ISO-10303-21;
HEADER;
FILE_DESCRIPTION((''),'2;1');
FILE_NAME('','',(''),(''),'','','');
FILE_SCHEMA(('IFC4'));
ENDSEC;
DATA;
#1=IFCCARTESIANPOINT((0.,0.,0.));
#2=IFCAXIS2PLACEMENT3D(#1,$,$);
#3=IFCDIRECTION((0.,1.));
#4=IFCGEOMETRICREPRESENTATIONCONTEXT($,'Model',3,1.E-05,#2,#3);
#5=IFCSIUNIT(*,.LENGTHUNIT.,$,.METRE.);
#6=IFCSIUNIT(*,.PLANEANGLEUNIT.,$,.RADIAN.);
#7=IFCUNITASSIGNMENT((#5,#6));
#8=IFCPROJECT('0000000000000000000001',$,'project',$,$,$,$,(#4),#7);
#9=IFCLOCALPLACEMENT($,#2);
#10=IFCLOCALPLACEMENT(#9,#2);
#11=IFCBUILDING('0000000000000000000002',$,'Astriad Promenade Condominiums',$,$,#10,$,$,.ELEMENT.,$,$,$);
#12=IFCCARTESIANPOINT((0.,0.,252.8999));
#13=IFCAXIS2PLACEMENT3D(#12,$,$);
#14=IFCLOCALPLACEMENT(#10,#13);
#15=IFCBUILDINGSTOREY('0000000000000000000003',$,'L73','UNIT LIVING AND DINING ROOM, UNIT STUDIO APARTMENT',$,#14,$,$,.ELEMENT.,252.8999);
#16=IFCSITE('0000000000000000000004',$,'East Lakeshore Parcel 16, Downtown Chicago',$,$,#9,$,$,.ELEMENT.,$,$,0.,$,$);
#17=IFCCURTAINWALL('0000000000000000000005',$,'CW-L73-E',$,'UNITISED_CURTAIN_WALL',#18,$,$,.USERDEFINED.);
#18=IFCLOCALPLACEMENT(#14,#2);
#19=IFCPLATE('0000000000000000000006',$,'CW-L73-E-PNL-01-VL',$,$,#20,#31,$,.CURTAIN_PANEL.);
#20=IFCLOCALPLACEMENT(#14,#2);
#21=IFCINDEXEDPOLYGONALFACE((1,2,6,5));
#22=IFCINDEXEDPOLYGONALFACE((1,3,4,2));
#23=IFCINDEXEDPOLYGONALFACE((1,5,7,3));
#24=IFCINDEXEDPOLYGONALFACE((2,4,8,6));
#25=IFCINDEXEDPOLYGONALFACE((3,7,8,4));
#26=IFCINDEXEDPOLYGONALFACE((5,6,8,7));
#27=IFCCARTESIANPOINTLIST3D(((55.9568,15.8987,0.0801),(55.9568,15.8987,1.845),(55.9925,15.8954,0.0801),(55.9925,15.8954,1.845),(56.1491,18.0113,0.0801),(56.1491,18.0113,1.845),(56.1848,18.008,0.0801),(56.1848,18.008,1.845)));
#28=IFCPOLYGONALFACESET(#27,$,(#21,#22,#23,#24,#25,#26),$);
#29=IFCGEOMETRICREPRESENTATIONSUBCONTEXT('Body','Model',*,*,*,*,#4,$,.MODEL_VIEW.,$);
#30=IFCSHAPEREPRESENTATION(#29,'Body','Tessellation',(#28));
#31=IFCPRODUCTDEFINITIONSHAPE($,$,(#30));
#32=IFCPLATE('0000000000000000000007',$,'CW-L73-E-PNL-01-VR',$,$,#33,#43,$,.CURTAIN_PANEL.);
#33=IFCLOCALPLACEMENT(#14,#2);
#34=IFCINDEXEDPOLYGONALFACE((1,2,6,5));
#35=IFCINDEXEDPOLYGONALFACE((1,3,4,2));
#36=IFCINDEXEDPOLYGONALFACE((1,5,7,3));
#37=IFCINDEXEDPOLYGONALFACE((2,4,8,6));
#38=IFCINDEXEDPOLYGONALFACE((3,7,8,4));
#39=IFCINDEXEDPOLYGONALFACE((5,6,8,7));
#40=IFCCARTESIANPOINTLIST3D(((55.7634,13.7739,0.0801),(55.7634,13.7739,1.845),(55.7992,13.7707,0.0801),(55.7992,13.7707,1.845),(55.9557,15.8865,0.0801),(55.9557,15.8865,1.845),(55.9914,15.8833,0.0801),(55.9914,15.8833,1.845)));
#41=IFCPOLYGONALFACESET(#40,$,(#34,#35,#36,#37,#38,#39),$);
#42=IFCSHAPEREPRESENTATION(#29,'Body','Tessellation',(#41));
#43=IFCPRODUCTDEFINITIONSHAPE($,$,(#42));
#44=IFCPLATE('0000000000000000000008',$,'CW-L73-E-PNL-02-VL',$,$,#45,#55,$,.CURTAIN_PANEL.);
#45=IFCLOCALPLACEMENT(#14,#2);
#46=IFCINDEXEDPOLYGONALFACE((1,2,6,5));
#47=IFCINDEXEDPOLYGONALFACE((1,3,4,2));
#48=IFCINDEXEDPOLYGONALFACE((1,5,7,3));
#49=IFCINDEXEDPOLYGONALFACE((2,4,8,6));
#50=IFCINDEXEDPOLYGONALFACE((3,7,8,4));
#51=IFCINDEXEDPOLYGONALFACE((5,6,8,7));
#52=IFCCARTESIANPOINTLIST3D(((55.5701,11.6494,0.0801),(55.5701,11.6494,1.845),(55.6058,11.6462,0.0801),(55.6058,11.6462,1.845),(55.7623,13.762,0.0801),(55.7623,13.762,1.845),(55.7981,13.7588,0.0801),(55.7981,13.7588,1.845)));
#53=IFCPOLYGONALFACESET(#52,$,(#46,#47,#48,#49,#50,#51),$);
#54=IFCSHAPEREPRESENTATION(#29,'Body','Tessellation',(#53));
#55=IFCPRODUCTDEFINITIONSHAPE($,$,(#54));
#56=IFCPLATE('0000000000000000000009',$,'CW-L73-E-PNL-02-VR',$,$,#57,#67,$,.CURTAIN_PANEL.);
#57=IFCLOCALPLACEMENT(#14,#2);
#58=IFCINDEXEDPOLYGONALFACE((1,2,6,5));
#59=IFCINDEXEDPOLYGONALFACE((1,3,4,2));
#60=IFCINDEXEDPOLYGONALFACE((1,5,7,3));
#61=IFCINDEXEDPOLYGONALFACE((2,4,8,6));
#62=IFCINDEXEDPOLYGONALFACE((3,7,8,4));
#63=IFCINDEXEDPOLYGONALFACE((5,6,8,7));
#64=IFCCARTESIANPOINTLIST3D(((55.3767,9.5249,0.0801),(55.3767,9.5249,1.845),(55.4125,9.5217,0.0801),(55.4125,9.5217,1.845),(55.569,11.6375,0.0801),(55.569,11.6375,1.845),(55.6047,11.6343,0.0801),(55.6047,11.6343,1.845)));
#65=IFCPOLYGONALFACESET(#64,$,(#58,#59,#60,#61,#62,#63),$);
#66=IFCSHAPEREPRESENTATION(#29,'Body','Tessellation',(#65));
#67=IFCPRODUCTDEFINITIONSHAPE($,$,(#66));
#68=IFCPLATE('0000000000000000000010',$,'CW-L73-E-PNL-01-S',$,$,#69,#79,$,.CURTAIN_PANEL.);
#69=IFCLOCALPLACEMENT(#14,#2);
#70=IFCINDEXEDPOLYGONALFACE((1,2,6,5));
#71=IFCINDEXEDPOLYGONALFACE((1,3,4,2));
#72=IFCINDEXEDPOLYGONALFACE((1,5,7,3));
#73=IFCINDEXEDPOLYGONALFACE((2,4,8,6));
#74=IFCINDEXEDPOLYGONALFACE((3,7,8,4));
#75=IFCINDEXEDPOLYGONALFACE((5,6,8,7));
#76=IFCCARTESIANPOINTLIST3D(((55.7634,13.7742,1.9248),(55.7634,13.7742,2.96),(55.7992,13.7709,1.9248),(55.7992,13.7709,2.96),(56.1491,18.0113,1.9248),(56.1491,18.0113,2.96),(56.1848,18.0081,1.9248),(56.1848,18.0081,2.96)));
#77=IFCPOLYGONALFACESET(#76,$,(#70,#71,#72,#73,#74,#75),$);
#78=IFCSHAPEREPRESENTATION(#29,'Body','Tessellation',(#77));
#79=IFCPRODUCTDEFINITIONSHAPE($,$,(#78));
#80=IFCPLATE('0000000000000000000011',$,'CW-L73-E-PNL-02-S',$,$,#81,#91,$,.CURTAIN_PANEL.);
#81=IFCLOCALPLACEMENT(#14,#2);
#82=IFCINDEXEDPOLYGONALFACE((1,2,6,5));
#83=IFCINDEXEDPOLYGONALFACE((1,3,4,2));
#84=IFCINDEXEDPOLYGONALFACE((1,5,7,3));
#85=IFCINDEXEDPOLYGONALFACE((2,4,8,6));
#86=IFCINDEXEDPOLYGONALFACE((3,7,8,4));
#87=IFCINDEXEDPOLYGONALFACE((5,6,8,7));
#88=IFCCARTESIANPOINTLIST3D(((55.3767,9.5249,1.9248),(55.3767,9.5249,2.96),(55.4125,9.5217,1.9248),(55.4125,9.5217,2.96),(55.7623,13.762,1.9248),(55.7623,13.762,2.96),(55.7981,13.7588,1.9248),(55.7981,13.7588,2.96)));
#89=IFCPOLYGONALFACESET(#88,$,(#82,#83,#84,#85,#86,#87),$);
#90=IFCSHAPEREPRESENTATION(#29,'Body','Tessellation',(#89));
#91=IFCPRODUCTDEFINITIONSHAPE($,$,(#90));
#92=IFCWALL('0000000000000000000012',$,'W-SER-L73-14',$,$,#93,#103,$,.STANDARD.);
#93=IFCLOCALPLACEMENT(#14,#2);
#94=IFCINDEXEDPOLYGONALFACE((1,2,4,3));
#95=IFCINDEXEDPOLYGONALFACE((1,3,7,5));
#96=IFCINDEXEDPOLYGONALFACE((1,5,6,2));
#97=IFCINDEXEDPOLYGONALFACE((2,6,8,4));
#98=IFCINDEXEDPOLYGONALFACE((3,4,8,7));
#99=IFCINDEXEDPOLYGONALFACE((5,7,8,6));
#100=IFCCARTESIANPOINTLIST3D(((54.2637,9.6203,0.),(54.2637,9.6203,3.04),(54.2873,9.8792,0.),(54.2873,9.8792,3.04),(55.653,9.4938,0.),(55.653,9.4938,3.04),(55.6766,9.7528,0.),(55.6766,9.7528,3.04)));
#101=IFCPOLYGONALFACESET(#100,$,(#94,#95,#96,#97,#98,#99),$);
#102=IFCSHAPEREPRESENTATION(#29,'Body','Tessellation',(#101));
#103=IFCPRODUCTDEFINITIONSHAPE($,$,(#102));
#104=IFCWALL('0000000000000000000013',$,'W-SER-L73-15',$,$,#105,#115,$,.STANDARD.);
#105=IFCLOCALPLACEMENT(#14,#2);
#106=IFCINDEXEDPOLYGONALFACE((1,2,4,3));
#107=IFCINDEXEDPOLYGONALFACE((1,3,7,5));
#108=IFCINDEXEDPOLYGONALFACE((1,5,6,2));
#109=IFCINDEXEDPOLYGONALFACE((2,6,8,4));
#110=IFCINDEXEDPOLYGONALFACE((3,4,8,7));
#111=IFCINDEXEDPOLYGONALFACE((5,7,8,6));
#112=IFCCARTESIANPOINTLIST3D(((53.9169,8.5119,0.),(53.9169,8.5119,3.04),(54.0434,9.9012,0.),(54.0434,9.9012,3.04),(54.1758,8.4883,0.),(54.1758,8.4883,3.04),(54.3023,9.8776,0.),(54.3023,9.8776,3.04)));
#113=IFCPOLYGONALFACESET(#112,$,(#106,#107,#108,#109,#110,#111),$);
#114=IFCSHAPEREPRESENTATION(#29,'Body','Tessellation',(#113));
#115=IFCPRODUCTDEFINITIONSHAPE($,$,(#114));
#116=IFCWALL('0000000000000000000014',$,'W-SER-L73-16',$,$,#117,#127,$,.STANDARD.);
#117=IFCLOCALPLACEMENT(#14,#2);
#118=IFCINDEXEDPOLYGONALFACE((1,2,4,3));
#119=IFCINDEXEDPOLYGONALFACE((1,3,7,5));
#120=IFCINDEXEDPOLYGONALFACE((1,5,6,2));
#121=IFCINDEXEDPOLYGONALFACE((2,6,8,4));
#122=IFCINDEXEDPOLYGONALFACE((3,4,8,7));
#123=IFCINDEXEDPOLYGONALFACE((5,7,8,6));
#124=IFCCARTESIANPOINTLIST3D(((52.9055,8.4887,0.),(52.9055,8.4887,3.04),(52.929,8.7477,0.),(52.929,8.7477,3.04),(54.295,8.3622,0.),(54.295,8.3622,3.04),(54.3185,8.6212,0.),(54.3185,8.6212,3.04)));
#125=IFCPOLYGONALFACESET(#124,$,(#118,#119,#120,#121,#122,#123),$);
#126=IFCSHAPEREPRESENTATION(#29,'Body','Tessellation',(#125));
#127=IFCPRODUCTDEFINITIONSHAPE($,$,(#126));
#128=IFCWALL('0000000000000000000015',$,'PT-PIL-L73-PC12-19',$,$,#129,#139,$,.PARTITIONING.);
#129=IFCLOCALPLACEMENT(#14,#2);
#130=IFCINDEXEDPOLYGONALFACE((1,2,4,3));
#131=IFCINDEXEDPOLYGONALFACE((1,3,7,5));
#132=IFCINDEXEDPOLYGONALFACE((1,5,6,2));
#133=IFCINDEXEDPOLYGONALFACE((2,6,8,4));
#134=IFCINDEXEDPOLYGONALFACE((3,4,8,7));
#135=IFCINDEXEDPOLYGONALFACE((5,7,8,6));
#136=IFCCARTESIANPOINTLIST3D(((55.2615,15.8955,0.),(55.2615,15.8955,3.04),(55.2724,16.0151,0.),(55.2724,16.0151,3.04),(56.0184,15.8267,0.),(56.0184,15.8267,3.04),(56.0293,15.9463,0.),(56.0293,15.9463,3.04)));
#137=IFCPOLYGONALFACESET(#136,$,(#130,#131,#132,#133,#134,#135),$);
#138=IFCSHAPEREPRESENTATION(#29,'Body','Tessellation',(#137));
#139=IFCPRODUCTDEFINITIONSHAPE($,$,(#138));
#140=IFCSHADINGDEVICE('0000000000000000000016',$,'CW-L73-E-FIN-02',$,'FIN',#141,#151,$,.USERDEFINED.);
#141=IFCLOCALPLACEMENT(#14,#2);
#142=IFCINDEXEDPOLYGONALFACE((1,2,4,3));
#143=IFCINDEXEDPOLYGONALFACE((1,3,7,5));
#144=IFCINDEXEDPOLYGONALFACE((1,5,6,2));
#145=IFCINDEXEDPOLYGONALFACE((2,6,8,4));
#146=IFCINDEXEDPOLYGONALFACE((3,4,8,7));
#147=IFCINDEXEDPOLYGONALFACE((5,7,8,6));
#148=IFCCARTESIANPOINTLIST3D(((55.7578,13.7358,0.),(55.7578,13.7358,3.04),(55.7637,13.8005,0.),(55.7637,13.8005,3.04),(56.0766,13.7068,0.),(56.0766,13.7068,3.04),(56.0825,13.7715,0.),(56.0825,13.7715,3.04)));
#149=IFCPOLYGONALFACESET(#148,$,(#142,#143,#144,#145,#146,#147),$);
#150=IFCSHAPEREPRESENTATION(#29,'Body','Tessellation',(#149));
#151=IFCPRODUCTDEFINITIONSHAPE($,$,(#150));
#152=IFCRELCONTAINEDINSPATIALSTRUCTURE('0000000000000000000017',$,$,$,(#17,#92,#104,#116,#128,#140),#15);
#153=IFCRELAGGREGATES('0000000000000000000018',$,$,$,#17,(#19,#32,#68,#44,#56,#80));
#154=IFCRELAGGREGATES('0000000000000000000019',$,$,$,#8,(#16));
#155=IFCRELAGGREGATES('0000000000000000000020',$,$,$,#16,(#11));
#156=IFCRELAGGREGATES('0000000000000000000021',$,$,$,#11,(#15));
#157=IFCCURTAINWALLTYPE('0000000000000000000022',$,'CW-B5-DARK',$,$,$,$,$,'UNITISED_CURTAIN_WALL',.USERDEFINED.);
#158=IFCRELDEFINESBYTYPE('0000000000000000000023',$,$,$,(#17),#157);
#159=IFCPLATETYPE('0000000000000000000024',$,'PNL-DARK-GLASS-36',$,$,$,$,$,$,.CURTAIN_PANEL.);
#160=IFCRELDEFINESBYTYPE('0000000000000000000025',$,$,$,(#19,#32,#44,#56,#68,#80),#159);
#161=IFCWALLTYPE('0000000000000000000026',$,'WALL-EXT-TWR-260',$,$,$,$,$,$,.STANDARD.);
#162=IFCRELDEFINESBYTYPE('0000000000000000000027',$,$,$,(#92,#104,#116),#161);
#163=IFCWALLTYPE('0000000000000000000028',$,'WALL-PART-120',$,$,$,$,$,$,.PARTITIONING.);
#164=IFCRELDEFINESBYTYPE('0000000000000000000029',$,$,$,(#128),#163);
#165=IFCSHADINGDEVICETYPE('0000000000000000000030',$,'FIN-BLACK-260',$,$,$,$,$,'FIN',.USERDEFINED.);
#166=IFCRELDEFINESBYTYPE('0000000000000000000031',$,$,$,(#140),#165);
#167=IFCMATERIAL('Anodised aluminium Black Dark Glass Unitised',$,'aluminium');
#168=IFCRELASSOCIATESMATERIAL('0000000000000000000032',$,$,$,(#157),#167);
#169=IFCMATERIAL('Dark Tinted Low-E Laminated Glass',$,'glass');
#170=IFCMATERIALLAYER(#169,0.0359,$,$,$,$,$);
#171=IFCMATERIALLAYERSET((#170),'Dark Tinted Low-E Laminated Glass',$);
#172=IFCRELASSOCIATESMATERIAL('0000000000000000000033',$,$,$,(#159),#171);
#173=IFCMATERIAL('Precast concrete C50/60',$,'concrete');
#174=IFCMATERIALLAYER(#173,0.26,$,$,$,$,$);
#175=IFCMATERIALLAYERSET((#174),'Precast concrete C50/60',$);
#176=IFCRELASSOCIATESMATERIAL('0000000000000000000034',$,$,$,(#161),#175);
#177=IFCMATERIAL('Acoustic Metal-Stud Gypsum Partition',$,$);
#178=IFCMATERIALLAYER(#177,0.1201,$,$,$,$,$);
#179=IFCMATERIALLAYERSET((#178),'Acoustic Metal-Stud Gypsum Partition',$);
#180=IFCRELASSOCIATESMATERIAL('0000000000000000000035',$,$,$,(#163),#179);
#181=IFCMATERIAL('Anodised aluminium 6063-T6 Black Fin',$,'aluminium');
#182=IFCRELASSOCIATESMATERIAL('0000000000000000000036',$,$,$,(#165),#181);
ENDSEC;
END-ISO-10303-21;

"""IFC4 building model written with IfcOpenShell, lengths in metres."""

from ifc_helpers import new_model, si_unit, direction, frame, frame_2d, origin, origin_2d, place, context, subcontext, project, spatial, rectangle, extrude, source, transform, mapped, material, layer, layer_set, type_object, type_shapes, element, aggregate, save


model = new_model("IFC4")

# Units and contexts
model_context = context("Model", 3, precision=1e-05, world=origin(), true_north=direction((0.0, 1.0)))
body_context = subcontext(model_context, "Body", "Model", "MODEL_VIEW")
ifc_project = project(units=[si_unit("LENGTHUNIT", "METRE"), si_unit("PLANEANGLEUNIT", "RADIAN")], contexts=[model_context])

# Site, building, storey
site_placement = place(None, origin())
site = spatial("IfcSite", under=ifc_project, at=site_placement, Name="East Lakeshore Parcel 16, Downtown Chicago", CompositionType="ELEMENT", RefElevation=0.0)
building_placement = place(site_placement, origin())
building = spatial("IfcBuilding", under=site, at=building_placement, Name="Astriad Promenade Condominiums", CompositionType="ELEMENT")
storey_placement = place(building_placement, frame((0.0, 0.0, 252.8999)))
storey = spatial("IfcBuildingStorey", under=building, at=storey_placement, Name="L73", Description="UNIT LIVING AND DINING ROOM, UNIT STUDIO APARTMENT", CompositionType="ELEMENT", Elevation=252.8999)

# Curtain wall, plates
ifc_material_1 = material(Name="Anodised aluminium Black Dark Glass Unitised", Category="aluminium")
curtain_wall_type = type_object("IfcCurtainWallType", Name="CW-B5-DARK", ElementType="UNITISED_CURTAIN_WALL", PredefinedType="USERDEFINED", material=ifc_material_1)
curtain_wall_placement = place(storey_placement, origin())
curtain_wall = element("IfcCurtainWall", 1, at=curtain_wall_placement, inside=storey, type_object=curtain_wall_type, Name="CW-L73-E", ObjectType="UNITISED_CURTAIN_WALL", PredefinedType="USERDEFINED")
ifc_material_2 = material(Name="Dark Tinted Low-E Laminated Glass", Category="glass")
ifc_layer_1 = layer(ifc_material_2, 0.0359)
ifc_layer_set_1 = layer_set([ifc_layer_1], Name="Dark Tinted Low-E Laminated Glass")
plate_type = type_object("IfcPlateType", Name="PNL-DARK-GLASS-36", PredefinedType="CURTAIN_PANEL", material=ifc_layer_set_1)
shared_shape_1 = source(origin(), body_context, "Body", "SweptSolid", [
    extrude(rectangle(XDim=2.1213, YDim=0.0359, at=origin_2d()), origin(), (0.0, 0.0, 1.0), 1.7649),
])
plate_1_placement = place(storey_placement, frame((56.0708, 16.9534, 0.0801), z_axis=(0.0, 0.0, 1.0), x_axis=(-0.090633, -0.995884, 0.0)))
plate_1 = element("IfcPlate", 2, at=plate_1_placement, type_object=plate_type, Name="CW-L73-E-PNL-01-VL", PredefinedType="CURTAIN_PANEL", context=body_context, shape_type="MappedRepresentation", body=[
    mapped(shared_shape_1, transform((0.0, 0.0, 0.0), scale=1.0)),
])
plate_2_placement = place(storey_placement, frame((55.8774, 14.8286, 0.0801), z_axis=(0.0, 0.0, 1.0), x_axis=(-0.090633, -0.995884, 0.0)))
plate_2 = element("IfcPlate", 3, at=plate_2_placement, type_object=plate_type, Name="CW-L73-E-PNL-01-VR", PredefinedType="CURTAIN_PANEL", context=body_context, shape_type="MappedRepresentation", body=[
    mapped(shared_shape_1, transform((0.0, 0.0, 0.0), scale=1.0)),
])
plate_3_placement = place(storey_placement, frame((55.6841, 12.7041, 0.0801), z_axis=(0.0, 0.0, 1.0), x_axis=(-0.090633, -0.995884, 0.0)))
plate_3 = element("IfcPlate", 4, at=plate_3_placement, type_object=plate_type, Name="CW-L73-E-PNL-02-VL", PredefinedType="CURTAIN_PANEL", context=body_context, shape_type="MappedRepresentation", body=[
    mapped(shared_shape_1, transform((0.0, 0.0, 0.0), scale=1.0)),
])
plate_4_placement = place(storey_placement, frame((55.4907, 10.5796, 0.0801), z_axis=(0.0, 0.0, 1.0), x_axis=(-0.090633, -0.995884, 0.0)))
plate_4 = element("IfcPlate", 5, at=plate_4_placement, type_object=plate_type, Name="CW-L73-E-PNL-02-VR", PredefinedType="CURTAIN_PANEL", context=body_context, shape_type="MappedRepresentation", body=[
    mapped(shared_shape_1, transform((0.0, 0.0, 0.0), scale=1.0)),
])
shared_shape_2 = source(origin(), body_context, "Body", "SweptSolid", [
    extrude(rectangle(XDim=4.2546, YDim=0.0359, at=origin_2d()), origin(), (0.0, 0.0, 1.0), 1.0352),
])
type_shapes(plate_type, [shared_shape_1, shared_shape_2])
plate_5_placement = place(storey_placement, frame((55.9741, 15.8911, 1.9248), z_axis=(0.0, 0.0, 1.0), x_axis=(-0.090633, -0.995884, 0.0)))
plate_5 = element("IfcPlate", 6, at=plate_5_placement, type_object=plate_type, Name="CW-L73-E-PNL-01-S", PredefinedType="CURTAIN_PANEL", context=body_context, shape_type="MappedRepresentation", body=[
    mapped(shared_shape_2, transform((0.0, 0.0, 0.0), scale=1.0)),
])
plate_6_placement = place(storey_placement, frame((55.5874, 11.6418, 1.9248), z_axis=(0.0, 0.0, 1.0), x_axis=(-0.090633, -0.995884, 0.0)))
plate_6 = element("IfcPlate", 7, at=plate_6_placement, type_object=plate_type, Name="CW-L73-E-PNL-02-S", PredefinedType="CURTAIN_PANEL", context=body_context, shape_type="MappedRepresentation", body=[
    mapped(shared_shape_2, transform((0.0, 0.0, 0.0), scale=1.0)),
])
aggregate(curtain_wall, [plate_1, plate_2, plate_5, plate_3, plate_4, plate_6])

# Walls
ifc_material_3 = material(Name="Precast concrete C50/60", Category="concrete")
ifc_layer_2 = layer(ifc_material_3, 0.26)
ifc_layer_set_2 = layer_set([ifc_layer_2], Name="Precast concrete C50/60")
wall_type_1 = type_object("IfcWallType", Name="WALL-EXT-TWR-260", PredefinedType="STANDARD", material=ifc_layer_set_2)
for number, where, z_axis, x_axis, name in (
    (8, (55.6648, 9.6233, 0.0), (0.0, 0.0, 1.0), (-0.995882, 0.090662, 0.0), "W-SER-L73-14"),
    (9, (54.1729, 9.8894, 0.0), (0.0, 0.0, 1.0), (-0.090662, -0.995882, 0.0), "W-SER-L73-15"),
):
    element("IfcWall", number, at=place(storey_placement, frame(where, z_axis=z_axis, x_axis=x_axis)), inside=storey, type_object=wall_type_1, Name=name, PredefinedType="STANDARD", context=body_context, shape_type="SweptSolid", body=[
        extrude(rectangle(XDim=1.395, YDim=0.26, at=frame_2d((0.6975, 0.0))), origin(), (0.0, 0.0, 1.0), 3.04),
    ])
wall_1_placement = place(storey_placement, frame((54.3069, 8.4917, 0.0), z_axis=(0.0, 0.0, 1.0), x_axis=(-0.995883, 0.090646, 0.0)))
element("IfcWall", 10, at=wall_1_placement, inside=storey, type_object=wall_type_1, Name="W-SER-L73-16", PredefinedType="STANDARD", context=body_context, shape_type="SweptSolid", body=[
    extrude(rectangle(XDim=1.3953, YDim=0.26, at=frame_2d((0.6978, 0.0))), origin(), (0.0, 0.0, 1.0), 3.04),
])
ifc_material_4 = material(Name="Acoustic Metal-Stud Gypsum Partition")
ifc_layer_3 = layer(ifc_material_4, 0.1201)
ifc_layer_set_3 = layer_set([ifc_layer_3], Name="Acoustic Metal-Stud Gypsum Partition")
wall_type_2 = type_object("IfcWallType", Name="WALL-PART-120", PredefinedType="PARTITIONING", material=ifc_layer_set_3)
wall_2_placement = place(storey_placement, frame((55.2671, 15.9553, 0.0), z_axis=(0.0, 0.0, 1.0), x_axis=(0.995888, -0.090594, 0.0)))
element("IfcWall", 11, at=wall_2_placement, inside=storey, type_object=wall_type_2, Name="PT-PIL-L73-PC12-19", PredefinedType="PARTITIONING", context=body_context, shape_type="SweptSolid", body=[
    extrude(rectangle(XDim=0.76, YDim=0.1201, at=frame_2d((0.3799, 0.0))), origin(), (0.0, 0.0, 1.0), 3.04),
])

# Shading device
ifc_material_5 = material(Name="Anodised aluminium 6063-T6 Black Fin", Category="aluminium")
shading_device_type = type_object("IfcShadingDeviceType", Name="FIN-BLACK-260", ElementType="FIN", PredefinedType="USERDEFINED", material=ifc_material_5)
shared_shape_3 = source(origin(), body_context, "Body", "SweptSolid", [
    extrude(rectangle(XDim=0.0649, YDim=0.3201, at=origin_2d()), origin(), (0.0, 0.0, 1.0), 3.04),
])
type_shapes(shading_device_type, [shared_shape_3])
shading_device_placement = place(storey_placement, frame((55.9202, 13.7537, 0.0), z_axis=(0.0, 0.0, 1.0), x_axis=(-0.090633, -0.995884, 0.0)))
element("IfcShadingDevice", 12, at=shading_device_placement, inside=storey, type_object=shading_device_type, Name="CW-L73-E-FIN-02", ObjectType="FIN", PredefinedType="USERDEFINED", context=body_context, shape_type="MappedRepresentation", body=[
    mapped(shared_shape_3, transform((0.0, 0.0, 0.0), scale=1.0)),
])

save(model, "model.ifc")
